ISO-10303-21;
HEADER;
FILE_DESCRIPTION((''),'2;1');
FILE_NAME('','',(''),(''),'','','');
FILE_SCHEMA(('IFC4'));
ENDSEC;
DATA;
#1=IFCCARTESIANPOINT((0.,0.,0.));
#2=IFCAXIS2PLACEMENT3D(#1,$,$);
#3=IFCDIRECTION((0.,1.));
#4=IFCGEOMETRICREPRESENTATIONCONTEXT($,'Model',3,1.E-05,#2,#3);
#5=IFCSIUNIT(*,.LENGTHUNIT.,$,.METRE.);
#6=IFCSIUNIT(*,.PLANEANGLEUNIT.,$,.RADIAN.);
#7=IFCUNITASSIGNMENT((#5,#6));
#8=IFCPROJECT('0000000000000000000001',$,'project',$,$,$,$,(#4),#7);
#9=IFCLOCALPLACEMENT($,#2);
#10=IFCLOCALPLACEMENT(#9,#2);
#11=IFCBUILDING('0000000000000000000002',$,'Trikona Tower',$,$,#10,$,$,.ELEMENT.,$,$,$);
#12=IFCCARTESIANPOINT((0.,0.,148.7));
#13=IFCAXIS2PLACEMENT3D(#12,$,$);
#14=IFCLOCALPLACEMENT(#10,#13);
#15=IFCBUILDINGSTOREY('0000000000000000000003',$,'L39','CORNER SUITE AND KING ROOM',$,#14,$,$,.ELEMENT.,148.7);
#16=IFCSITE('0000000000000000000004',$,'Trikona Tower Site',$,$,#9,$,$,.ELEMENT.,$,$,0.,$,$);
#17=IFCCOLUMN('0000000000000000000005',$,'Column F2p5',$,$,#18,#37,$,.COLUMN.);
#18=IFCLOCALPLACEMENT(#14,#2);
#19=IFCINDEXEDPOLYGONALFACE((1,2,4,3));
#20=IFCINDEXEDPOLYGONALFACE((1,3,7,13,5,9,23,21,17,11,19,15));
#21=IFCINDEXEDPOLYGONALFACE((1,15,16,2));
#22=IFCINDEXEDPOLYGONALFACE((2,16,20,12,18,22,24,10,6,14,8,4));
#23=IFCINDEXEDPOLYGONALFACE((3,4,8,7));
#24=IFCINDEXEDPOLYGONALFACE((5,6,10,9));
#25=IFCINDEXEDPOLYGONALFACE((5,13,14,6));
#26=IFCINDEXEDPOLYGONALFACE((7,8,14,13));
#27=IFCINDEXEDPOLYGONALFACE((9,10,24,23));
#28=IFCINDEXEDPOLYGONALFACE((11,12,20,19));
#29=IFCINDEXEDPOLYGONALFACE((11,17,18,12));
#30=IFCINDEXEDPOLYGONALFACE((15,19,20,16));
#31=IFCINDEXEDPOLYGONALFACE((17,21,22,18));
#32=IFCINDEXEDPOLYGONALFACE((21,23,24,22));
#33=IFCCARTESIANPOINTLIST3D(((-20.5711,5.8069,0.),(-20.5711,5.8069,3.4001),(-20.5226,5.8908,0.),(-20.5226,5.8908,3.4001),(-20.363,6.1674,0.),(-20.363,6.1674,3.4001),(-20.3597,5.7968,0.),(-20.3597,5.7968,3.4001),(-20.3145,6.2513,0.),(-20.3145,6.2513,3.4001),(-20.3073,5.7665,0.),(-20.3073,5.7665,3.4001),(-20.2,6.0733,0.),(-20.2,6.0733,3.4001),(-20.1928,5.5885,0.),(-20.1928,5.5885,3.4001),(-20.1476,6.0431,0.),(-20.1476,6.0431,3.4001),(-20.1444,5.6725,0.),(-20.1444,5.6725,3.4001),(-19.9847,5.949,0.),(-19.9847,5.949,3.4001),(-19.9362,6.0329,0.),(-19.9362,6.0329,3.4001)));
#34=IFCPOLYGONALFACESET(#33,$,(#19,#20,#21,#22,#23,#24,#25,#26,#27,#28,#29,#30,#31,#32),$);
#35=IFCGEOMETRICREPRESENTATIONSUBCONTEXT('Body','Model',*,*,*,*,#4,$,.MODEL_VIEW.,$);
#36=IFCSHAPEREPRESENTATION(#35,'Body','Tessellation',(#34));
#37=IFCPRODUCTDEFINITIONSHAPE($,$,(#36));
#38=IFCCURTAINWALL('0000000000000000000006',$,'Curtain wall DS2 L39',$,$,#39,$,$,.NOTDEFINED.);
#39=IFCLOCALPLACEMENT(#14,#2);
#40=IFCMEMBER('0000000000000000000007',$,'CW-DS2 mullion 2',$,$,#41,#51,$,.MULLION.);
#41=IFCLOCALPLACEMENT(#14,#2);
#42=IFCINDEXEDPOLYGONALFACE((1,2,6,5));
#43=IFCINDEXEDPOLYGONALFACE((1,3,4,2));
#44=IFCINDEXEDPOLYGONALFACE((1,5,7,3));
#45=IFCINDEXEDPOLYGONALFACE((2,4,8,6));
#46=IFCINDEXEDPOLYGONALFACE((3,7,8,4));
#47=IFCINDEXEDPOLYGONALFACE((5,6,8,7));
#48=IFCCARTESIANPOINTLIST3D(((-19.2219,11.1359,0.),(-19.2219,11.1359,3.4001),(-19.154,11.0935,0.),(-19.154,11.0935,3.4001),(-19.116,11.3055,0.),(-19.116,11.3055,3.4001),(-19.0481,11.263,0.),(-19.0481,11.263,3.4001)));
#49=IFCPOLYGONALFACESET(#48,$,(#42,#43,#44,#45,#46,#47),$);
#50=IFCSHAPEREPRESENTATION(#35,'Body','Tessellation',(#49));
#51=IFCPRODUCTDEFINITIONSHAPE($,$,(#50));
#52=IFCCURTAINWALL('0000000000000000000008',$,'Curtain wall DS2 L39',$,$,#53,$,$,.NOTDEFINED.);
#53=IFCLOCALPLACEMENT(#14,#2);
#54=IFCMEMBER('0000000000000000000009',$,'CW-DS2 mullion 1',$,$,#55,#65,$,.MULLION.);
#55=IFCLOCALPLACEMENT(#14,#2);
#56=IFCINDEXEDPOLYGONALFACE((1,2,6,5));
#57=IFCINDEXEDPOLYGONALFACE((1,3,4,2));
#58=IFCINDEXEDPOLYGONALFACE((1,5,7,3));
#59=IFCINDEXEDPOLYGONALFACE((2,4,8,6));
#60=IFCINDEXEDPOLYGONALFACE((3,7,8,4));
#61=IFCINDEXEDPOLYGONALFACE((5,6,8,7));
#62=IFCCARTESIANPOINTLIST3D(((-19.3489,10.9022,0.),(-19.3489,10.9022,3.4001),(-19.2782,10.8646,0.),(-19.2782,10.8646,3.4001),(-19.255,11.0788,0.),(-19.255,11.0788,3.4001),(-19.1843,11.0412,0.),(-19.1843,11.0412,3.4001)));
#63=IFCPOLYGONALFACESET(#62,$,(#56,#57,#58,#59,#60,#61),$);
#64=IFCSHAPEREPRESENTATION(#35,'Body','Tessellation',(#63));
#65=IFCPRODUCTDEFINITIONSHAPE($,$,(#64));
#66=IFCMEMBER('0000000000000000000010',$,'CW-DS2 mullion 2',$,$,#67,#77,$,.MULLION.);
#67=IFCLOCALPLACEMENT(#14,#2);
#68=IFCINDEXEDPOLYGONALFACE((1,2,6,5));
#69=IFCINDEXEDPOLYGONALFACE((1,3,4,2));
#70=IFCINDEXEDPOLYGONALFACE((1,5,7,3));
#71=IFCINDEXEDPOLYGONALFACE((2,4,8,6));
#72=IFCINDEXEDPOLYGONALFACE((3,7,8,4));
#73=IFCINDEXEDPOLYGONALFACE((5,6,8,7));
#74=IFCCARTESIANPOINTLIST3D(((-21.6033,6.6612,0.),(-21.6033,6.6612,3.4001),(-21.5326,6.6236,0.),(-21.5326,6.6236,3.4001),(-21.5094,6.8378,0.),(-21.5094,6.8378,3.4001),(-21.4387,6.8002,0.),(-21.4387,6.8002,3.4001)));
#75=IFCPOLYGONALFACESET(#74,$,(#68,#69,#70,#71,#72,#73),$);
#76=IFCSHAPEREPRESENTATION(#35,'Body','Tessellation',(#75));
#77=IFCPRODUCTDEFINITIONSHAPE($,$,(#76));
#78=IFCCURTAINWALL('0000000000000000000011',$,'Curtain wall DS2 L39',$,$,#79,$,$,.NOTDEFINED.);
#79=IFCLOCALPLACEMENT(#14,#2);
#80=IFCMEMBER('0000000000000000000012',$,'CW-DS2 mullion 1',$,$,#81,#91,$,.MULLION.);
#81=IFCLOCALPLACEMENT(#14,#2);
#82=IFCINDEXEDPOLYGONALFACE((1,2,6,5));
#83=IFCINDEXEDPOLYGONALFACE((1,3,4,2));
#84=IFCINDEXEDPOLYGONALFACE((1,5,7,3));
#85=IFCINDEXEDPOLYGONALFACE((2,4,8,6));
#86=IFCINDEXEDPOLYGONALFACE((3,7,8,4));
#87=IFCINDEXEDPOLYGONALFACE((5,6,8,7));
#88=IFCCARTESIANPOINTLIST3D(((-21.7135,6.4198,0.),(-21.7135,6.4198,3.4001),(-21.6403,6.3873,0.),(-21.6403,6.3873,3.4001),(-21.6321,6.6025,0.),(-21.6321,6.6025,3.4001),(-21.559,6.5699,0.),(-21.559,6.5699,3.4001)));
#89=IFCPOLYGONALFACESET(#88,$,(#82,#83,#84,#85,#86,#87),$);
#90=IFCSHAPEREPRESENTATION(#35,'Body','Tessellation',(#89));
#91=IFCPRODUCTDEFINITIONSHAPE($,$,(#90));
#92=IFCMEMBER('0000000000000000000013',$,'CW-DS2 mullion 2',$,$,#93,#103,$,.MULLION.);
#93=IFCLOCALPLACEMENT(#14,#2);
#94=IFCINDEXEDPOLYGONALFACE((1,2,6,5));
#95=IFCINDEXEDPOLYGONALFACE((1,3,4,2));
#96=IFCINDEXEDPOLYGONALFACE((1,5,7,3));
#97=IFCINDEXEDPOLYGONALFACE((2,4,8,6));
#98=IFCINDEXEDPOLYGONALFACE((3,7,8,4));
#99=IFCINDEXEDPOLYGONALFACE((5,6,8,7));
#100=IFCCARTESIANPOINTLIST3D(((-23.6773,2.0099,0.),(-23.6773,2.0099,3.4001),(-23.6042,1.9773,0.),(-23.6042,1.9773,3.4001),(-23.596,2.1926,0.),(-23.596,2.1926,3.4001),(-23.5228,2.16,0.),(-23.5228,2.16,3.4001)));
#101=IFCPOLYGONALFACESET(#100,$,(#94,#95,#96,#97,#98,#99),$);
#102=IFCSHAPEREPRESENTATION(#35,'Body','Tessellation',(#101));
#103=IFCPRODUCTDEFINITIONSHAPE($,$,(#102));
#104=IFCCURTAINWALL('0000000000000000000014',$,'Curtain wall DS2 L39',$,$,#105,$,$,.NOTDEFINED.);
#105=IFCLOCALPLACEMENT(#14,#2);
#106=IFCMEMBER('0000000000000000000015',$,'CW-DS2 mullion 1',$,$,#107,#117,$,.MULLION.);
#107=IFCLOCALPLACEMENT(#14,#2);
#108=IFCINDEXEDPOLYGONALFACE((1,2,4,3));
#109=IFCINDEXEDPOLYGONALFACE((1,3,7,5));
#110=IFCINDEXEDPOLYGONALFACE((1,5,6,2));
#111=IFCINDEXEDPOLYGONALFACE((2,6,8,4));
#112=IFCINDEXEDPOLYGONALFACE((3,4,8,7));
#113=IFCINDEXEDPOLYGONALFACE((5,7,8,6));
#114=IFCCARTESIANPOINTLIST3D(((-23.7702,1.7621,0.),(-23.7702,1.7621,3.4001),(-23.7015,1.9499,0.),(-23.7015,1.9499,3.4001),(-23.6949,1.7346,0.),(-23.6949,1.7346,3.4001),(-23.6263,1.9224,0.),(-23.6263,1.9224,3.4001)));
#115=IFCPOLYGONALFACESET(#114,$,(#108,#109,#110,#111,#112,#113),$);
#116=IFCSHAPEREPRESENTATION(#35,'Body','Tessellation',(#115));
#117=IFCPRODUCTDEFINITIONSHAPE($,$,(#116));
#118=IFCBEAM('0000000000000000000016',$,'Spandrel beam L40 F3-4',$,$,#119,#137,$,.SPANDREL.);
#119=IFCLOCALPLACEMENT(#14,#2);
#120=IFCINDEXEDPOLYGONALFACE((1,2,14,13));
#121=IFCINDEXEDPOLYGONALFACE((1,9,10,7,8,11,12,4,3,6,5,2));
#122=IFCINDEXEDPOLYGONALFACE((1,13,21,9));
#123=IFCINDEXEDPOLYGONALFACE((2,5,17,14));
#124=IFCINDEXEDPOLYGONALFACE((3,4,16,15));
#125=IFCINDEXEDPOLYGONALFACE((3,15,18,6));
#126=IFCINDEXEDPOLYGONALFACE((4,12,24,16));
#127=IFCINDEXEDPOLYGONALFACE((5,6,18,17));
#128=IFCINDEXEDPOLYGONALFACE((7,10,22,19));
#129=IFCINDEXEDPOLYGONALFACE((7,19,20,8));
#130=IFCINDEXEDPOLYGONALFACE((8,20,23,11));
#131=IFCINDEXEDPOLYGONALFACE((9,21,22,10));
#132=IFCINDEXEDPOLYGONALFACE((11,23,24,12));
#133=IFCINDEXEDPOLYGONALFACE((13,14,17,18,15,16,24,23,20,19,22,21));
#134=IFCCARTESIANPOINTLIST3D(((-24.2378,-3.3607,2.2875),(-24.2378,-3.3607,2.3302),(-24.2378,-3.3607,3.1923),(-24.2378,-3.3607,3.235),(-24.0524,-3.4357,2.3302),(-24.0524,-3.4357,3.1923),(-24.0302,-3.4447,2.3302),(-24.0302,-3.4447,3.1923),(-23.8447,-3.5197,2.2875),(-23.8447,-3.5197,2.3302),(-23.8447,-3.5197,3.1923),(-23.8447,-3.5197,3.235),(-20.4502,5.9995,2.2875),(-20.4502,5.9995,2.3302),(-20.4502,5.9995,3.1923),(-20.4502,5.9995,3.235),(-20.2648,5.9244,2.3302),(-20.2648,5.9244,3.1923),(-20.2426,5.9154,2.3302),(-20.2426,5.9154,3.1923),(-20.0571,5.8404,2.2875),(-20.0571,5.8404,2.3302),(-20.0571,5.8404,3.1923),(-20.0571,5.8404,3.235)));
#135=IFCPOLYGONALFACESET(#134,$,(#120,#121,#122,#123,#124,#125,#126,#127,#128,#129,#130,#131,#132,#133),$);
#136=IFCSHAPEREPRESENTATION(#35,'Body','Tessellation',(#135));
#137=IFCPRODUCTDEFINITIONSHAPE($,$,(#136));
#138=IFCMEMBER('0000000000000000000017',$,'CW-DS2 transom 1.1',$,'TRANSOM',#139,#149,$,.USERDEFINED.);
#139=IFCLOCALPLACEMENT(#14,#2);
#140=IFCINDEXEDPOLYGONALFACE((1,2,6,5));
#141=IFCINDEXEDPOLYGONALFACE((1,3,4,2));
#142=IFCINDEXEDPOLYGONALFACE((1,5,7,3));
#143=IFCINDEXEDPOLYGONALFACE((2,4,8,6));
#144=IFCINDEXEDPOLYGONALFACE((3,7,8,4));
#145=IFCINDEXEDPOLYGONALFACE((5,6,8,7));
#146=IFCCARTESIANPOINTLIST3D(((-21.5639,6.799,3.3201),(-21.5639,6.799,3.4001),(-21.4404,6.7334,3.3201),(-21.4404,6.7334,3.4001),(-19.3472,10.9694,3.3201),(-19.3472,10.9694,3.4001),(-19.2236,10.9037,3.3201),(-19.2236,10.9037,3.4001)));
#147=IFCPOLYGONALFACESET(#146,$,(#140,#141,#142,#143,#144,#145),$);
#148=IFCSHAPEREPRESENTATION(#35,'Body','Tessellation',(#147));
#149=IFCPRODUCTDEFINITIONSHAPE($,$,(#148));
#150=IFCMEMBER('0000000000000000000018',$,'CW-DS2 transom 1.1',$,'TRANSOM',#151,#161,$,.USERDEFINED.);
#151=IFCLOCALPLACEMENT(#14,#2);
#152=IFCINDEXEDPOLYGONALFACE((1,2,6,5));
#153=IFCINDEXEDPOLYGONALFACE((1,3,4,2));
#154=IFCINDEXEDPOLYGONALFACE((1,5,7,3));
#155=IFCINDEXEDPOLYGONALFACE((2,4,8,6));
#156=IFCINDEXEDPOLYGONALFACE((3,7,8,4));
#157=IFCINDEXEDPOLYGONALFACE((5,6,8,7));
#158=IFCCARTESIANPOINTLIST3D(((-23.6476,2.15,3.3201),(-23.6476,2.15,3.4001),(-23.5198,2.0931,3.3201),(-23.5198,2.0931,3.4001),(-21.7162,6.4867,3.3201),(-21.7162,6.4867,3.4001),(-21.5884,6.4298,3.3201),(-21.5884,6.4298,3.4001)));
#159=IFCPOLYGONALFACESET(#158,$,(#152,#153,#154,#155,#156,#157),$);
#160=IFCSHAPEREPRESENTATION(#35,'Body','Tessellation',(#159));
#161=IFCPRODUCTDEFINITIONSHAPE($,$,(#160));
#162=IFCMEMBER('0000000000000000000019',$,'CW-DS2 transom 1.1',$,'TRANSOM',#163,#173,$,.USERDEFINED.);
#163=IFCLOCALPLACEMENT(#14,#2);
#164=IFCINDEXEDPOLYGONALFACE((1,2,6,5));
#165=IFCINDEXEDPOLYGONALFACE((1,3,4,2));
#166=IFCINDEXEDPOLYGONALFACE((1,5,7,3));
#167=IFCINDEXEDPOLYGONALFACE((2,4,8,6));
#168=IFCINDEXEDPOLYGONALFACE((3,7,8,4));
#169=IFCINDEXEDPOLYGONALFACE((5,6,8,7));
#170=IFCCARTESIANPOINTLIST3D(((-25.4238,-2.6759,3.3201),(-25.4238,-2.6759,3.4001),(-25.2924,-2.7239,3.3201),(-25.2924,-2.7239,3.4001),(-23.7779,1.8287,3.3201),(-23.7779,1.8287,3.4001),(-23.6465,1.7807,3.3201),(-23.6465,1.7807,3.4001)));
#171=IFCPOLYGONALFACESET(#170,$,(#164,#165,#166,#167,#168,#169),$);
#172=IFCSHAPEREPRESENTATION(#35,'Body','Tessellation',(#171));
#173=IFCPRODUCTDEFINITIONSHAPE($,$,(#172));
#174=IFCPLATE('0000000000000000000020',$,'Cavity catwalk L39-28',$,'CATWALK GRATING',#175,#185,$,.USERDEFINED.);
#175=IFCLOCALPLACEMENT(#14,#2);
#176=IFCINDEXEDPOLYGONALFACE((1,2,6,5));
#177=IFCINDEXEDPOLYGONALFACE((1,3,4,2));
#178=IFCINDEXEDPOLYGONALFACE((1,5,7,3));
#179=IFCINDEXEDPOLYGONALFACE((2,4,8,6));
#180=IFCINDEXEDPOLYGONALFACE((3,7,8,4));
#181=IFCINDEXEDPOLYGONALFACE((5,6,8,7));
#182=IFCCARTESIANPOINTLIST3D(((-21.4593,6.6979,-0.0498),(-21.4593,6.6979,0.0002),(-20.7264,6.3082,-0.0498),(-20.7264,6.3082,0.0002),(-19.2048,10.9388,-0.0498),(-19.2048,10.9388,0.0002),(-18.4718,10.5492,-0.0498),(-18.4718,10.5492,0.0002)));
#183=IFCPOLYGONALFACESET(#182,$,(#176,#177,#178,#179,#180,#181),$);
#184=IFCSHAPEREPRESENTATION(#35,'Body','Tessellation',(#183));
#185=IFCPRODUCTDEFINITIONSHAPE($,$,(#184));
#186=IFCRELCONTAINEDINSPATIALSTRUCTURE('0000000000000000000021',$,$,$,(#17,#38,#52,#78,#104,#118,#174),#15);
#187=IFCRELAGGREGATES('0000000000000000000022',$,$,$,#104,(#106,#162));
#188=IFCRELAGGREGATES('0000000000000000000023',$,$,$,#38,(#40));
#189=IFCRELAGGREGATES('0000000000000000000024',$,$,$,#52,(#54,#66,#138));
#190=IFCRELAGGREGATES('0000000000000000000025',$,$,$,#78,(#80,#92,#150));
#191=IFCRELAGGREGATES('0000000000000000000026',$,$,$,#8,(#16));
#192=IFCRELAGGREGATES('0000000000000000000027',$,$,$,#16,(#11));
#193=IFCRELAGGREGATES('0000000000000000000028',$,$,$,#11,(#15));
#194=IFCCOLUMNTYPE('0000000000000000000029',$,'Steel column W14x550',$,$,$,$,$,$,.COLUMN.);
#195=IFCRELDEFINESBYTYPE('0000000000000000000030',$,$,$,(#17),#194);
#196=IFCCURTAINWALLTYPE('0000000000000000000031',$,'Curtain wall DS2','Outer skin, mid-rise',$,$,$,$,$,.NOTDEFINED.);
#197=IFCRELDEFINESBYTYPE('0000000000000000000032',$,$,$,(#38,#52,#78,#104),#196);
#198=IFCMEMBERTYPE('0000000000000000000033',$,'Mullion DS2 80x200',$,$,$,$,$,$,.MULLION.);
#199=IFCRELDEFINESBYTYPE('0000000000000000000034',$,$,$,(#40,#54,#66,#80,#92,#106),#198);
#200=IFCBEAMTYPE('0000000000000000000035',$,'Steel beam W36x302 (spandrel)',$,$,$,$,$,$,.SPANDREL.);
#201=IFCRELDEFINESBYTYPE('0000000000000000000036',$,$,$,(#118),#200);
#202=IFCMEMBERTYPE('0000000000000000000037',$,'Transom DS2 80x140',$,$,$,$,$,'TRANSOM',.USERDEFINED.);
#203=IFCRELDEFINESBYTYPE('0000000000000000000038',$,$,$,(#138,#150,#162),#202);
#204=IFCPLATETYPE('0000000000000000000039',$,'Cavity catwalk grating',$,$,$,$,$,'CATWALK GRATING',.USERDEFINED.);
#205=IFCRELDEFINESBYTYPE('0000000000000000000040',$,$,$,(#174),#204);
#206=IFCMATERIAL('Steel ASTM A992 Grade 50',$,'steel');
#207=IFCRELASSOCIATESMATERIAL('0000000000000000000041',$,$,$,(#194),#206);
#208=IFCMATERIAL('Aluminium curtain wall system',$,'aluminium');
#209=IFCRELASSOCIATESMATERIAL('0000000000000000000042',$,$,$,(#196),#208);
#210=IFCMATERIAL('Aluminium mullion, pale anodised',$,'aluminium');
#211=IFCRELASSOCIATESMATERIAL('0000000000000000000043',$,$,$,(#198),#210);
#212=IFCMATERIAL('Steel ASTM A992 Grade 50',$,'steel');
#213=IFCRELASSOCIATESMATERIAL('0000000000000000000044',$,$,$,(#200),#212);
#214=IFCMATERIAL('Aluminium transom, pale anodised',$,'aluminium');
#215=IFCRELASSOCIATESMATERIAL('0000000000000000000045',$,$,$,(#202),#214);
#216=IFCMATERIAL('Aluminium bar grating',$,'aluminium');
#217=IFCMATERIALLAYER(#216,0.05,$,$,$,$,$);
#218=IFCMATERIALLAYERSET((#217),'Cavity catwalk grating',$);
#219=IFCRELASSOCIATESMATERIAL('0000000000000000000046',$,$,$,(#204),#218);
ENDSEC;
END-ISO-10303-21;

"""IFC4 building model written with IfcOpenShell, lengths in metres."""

from ifc_helpers import new_model, si_unit, direction, frame, origin, origin_2d, place, context, subcontext, project, spatial, rectangle, i_section, extrude, material, layer, layer_set, material_profile, profile_set, type_object, element, aggregate, save


model = new_model("IFC4")

# Units and contexts
model_context = context("Model", 3, precision=1e-05, world=origin(), true_north=direction((0.0, 1.0)))
body_context = subcontext(model_context, "Body", "Model", "MODEL_VIEW")
ifc_project = project(units=[si_unit("LENGTHUNIT", "METRE"), si_unit("PLANEANGLEUNIT", "RADIAN")], contexts=[model_context])

# Site, building, storey
site_placement = place(None, origin())
site = spatial("IfcSite", under=ifc_project, at=site_placement, Name="Trikona Tower Site", CompositionType="ELEMENT", RefElevation=0.0)
building_placement = place(site_placement, origin())
building = spatial("IfcBuilding", under=site, at=building_placement, Name="Trikona Tower", CompositionType="ELEMENT")
storey_placement = place(building_placement, frame((0.0, 0.0, 148.7)))
storey = spatial("IfcBuildingStorey", under=building, at=storey_placement, Name="L39", Description="CORNER SUITE AND KING ROOM", CompositionType="ELEMENT", Elevation=148.7)

# Column
ifc_material_1 = material(Name="Steel ASTM A992 Grade 50", Category="steel")
ifc_material_profile_1 = material_profile(ifc_material_1, i_section(OverallWidth=0.4368, OverallDepth=0.5132, WebThickness=0.0605, FlangeThickness=0.0969, at=origin_2d()), Name="W14X550")
ifc_profile_set_1 = profile_set([ifc_material_profile_1], Name="Steel ASTM A992 Grade 50")
column_type = type_object("IfcColumnType", Name="Steel column W14x550", PredefinedType="COLUMN", material=ifc_profile_set_1)
column_placement = place(storey_placement, frame((-20.2537, 5.9199, 0.0), z_axis=(0.0, 0.0, 1.0), x_axis=(-0.866025, 0.5, 0.0)))
element("IfcColumn", 1, at=column_placement, inside=storey, type_object=column_type, Name="Column F2p5", PredefinedType="COLUMN", context=body_context, shape_type="SweptSolid", body=[
    extrude(i_section(OverallWidth=0.4368, OverallDepth=0.5132, WebThickness=0.0605, FlangeThickness=0.0969, at=origin_2d()), origin(), (0.0, 0.0, 1.0), 3.4001),
])

# Curtain wall, member
ifc_material_2 = material(Name="Aluminium curtain wall system", Category="aluminium")
curtain_wall_type = type_object("IfcCurtainWallType", Name="Curtain wall DS2", Description="Outer skin, mid-rise", PredefinedType="NOTDEFINED", material=ifc_material_2)
curtain_wall_1_placement = place(storey_placement, origin())
curtain_wall_1 = element("IfcCurtainWall", 2, at=curtain_wall_1_placement, inside=storey, type_object=curtain_wall_type, Name="Curtain wall DS2 L39", PredefinedType="NOTDEFINED")
ifc_material_3 = material(Name="Aluminium mullion, pale anodised", Category="aluminium")
ifc_material_profile_2 = material_profile(ifc_material_3, rectangle(XDim=0.0801, YDim=0.2, at=origin_2d()), Name="MUL-DS2")
ifc_profile_set_2 = profile_set([ifc_material_profile_2], Name="Aluminium mullion, pale anodised")
member_type_1 = type_object("IfcMemberType", Name="Mullion DS2 80x200", PredefinedType="MULLION", material=ifc_profile_set_2)
member_1_placement = place(storey_placement, frame((-19.135, 11.1995, 0.0), z_axis=(0.0, 0.0, 1.0), x_axis=(0.847998, -0.529999, 0.0)))
member_1 = element("IfcMember", 3, at=member_1_placement, type_object=member_type_1, Name="CW-DS2 mullion 2", PredefinedType="MULLION", context=body_context, shape_type="SweptSolid", body=[
    extrude(rectangle(XDim=0.0801, YDim=0.2, at=origin_2d()), origin(), (0.0, 0.0, 1.0), 3.4001),
])

# Curtain walls, members
curtain_wall_2_placement = place(storey_placement, origin())
curtain_wall_2 = element("IfcCurtainWall", 4, at=curtain_wall_2_placement, inside=storey, type_object=curtain_wall_type, Name="Curtain wall DS2 L39", PredefinedType="NOTDEFINED")
member_2_placement = place(storey_placement, frame((-19.2666, 10.9717, 0.0), z_axis=(0.0, 0.0, 1.0), x_axis=(0.882996, -0.46938, 0.0)))
member_2 = element("IfcMember", 5, at=member_2_placement, type_object=member_type_1, Name="CW-DS2 mullion 1", PredefinedType="MULLION", context=body_context, shape_type="SweptSolid", body=[
    extrude(rectangle(XDim=0.0801, YDim=0.2, at=origin_2d()), origin(), (0.0, 0.0, 1.0), 3.4001),
])
member_3_placement = place(storey_placement, frame((-21.521, 6.7307, 0.0), z_axis=(0.0, 0.0, 1.0), x_axis=(0.882996, -0.46938, 0.0)))
member_3 = element("IfcMember", 6, at=member_3_placement, type_object=member_type_1, Name="CW-DS2 mullion 2", PredefinedType="MULLION", context=body_context, shape_type="SweptSolid", body=[
    extrude(rectangle(XDim=0.0801, YDim=0.2, at=origin_2d()), origin(), (0.0, 0.0, 1.0), 3.4001),
])
curtain_wall_3_placement = place(storey_placement, origin())
curtain_wall_3 = element("IfcCurtainWall", 7, at=curtain_wall_3_placement, inside=storey, type_object=curtain_wall_type, Name="Curtain wall DS2 L39", PredefinedType="NOTDEFINED")
member_4_placement = place(storey_placement, frame((-21.6362, 6.4949, 0.0), z_axis=(0.0, 0.0, 1.0), x_axis=(0.913501, -0.406836, 0.0)))
member_4 = element("IfcMember", 8, at=member_4_placement, type_object=member_type_1, Name="CW-DS2 mullion 1", PredefinedType="MULLION", context=body_context, shape_type="SweptSolid", body=[
    extrude(rectangle(XDim=0.0801, YDim=0.2, at=origin_2d()), origin(), (0.0, 0.0, 1.0), 3.4001),
])
member_5_placement = place(storey_placement, frame((-23.6001, 2.085, 0.0), z_axis=(0.0, 0.0, 1.0), x_axis=(0.913501, -0.406836, 0.0)))
member_5 = element("IfcMember", 9, at=member_5_placement, type_object=member_type_1, Name="CW-DS2 mullion 2", PredefinedType="MULLION", context=body_context, shape_type="SweptSolid", body=[
    extrude(rectangle(XDim=0.0801, YDim=0.2, at=origin_2d()), origin(), (0.0, 0.0, 1.0), 3.4001),
])

# Curtain wall, member
curtain_wall_4_placement = place(storey_placement, origin())
curtain_wall_4 = element("IfcCurtainWall", 10, at=curtain_wall_4_placement, inside=storey, type_object=curtain_wall_type, Name="Curtain wall DS2 L39", PredefinedType="NOTDEFINED")
member_6_placement = place(storey_placement, frame((-23.6982, 1.8423, 0.0), z_axis=(0.0, 0.0, 1.0), x_axis=(0.939254, -0.343223, 0.0)))
member_6 = element("IfcMember", 11, at=member_6_placement, type_object=member_type_1, Name="CW-DS2 mullion 1", PredefinedType="MULLION", context=body_context, shape_type="SweptSolid", body=[
    extrude(rectangle(XDim=0.0801, YDim=0.2, at=origin_2d()), origin(), (0.0, 0.0, 1.0), 3.4001),
])

# Beam
ifc_material_4 = material(Name="Steel ASTM A992 Grade 50", Category="steel")
ifc_material_profile_3 = material_profile(ifc_material_4, i_section(OverallWidth=0.4241, OverallDepth=0.9475, WebThickness=0.0239, FlangeThickness=0.0427, at=origin_2d()), Name="W36X302")
ifc_profile_set_3 = profile_set([ifc_material_profile_3], Name="Steel ASTM A992 Grade 50")
beam_type = type_object("IfcBeamType", Name="Steel beam W36x302 (spandrel)", PredefinedType="SPANDREL", material=ifc_profile_set_3)
beam_placement = place(storey_placement, frame((-20.2537, 5.9199, 2.7612), z_axis=(-0.375106, -0.926982, 0.0), x_axis=(0.926982, -0.375106, 0.0)))
element("IfcBeam", 12, at=beam_placement, inside=storey, type_object=beam_type, Name="Spandrel beam L40 F3-4", PredefinedType="SPANDREL", context=body_context, shape_type="SweptSolid", body=[
    extrude(i_section(OverallWidth=0.4241, OverallDepth=0.9475, WebThickness=0.0239, FlangeThickness=0.0427, at=origin_2d()), origin(), (0.0, 0.0, 1.0), 10.0974),
])

# Members
ifc_material_5 = material(Name="Aluminium transom, pale anodised", Category="aluminium")
ifc_material_profile_4 = material_profile(ifc_material_5, rectangle(XDim=0.1399, YDim=0.0801, at=origin_2d()), Name="TRN-DS2")
ifc_profile_set_4 = profile_set([ifc_material_profile_4], Name="Aluminium transom, pale anodised")
member_type_2 = type_object("IfcMemberType", Name="Transom DS2 80x140", ElementType="TRANSOM", PredefinedType="USERDEFINED", material=ifc_profile_set_4)
member_7_placement = place(storey_placement, frame((-19.2854, 10.9365, 3.3601), z_axis=(-0.469364, -0.883005, 0.0), x_axis=(0.883005, -0.469364, 0.0)))
member_7 = element("IfcMember", 13, at=member_7_placement, type_object=member_type_2, Name="CW-DS2 transom 1.1", ObjectType="TRANSOM", PredefinedType="USERDEFINED", context=body_context, shape_type="SweptSolid", body=[
    extrude(rectangle(XDim=0.1399, YDim=0.0801, at=origin_2d()), origin(), (0.0, 0.0, 1.0), 4.7229),
])
member_8_placement = place(storey_placement, frame((-21.6523, 6.4583, 3.3601), z_axis=(-0.40684, -0.9135, 0.0), x_axis=(0.9135, -0.40684, 0.0)))
member_8 = element("IfcMember", 14, at=member_8_placement, type_object=member_type_2, Name="CW-DS2 transom 1.1", ObjectType="TRANSOM", PredefinedType="USERDEFINED", context=body_context, shape_type="SweptSolid", body=[
    extrude(rectangle(XDim=0.1399, YDim=0.0801, at=origin_2d()), origin(), (0.0, 0.0, 1.0), 4.7473),
])
member_9_placement = place(storey_placement, frame((-23.7122, 1.8047, 3.3601), z_axis=(-0.343206, -0.93926, 0.0), x_axis=(0.93926, -0.343206, 0.0)))
member_9 = element("IfcMember", 15, at=member_9_placement, type_object=member_type_2, Name="CW-DS2 transom 1.1", ObjectType="TRANSOM", PredefinedType="USERDEFINED", context=body_context, shape_type="SweptSolid", body=[
    extrude(rectangle(XDim=0.1399, YDim=0.0801, at=origin_2d()), origin(), (0.0, 0.0, 1.0), 4.7959),
])
aggregate(curtain_wall_4, [member_6, member_9])

# Plate
ifc_material_6 = material(Name="Aluminium bar grating", Category="aluminium")
ifc_layer_1 = layer(ifc_material_6, 0.05)
ifc_layer_set_1 = layer_set([ifc_layer_1], Name="Cavity catwalk grating")
plate_type_1 = type_object("IfcPlateType", Name="Cavity catwalk grating", ElementType="CATWALK GRATING", PredefinedType="USERDEFINED", material=ifc_layer_set_1)
plate_1_placement = place(storey_placement, frame((-19.9656, 8.6235, -0.0498), z_axis=(0.0, 0.0, 1.0), x_axis=(-0.469398, -0.882987, 0.0)))
element("IfcPlate", 16, at=plate_1_placement, inside=storey, type_object=plate_type_1, Name="Cavity catwalk L39-28", ObjectType="CATWALK GRATING", PredefinedType="USERDEFINED", context=body_context, shape_type="SweptSolid", body=[
    extrude(rectangle(XDim=4.803, YDim=0.8301, at=origin_2d()), origin(), (0.0, 0.0, 1.0), 0.05),
])

aggregate(curtain_wall_1, [member_1])
aggregate(curtain_wall_2, [member_2, member_3, member_7])
aggregate(curtain_wall_3, [member_4, member_5, member_8])

save(model, "model.ifc")
